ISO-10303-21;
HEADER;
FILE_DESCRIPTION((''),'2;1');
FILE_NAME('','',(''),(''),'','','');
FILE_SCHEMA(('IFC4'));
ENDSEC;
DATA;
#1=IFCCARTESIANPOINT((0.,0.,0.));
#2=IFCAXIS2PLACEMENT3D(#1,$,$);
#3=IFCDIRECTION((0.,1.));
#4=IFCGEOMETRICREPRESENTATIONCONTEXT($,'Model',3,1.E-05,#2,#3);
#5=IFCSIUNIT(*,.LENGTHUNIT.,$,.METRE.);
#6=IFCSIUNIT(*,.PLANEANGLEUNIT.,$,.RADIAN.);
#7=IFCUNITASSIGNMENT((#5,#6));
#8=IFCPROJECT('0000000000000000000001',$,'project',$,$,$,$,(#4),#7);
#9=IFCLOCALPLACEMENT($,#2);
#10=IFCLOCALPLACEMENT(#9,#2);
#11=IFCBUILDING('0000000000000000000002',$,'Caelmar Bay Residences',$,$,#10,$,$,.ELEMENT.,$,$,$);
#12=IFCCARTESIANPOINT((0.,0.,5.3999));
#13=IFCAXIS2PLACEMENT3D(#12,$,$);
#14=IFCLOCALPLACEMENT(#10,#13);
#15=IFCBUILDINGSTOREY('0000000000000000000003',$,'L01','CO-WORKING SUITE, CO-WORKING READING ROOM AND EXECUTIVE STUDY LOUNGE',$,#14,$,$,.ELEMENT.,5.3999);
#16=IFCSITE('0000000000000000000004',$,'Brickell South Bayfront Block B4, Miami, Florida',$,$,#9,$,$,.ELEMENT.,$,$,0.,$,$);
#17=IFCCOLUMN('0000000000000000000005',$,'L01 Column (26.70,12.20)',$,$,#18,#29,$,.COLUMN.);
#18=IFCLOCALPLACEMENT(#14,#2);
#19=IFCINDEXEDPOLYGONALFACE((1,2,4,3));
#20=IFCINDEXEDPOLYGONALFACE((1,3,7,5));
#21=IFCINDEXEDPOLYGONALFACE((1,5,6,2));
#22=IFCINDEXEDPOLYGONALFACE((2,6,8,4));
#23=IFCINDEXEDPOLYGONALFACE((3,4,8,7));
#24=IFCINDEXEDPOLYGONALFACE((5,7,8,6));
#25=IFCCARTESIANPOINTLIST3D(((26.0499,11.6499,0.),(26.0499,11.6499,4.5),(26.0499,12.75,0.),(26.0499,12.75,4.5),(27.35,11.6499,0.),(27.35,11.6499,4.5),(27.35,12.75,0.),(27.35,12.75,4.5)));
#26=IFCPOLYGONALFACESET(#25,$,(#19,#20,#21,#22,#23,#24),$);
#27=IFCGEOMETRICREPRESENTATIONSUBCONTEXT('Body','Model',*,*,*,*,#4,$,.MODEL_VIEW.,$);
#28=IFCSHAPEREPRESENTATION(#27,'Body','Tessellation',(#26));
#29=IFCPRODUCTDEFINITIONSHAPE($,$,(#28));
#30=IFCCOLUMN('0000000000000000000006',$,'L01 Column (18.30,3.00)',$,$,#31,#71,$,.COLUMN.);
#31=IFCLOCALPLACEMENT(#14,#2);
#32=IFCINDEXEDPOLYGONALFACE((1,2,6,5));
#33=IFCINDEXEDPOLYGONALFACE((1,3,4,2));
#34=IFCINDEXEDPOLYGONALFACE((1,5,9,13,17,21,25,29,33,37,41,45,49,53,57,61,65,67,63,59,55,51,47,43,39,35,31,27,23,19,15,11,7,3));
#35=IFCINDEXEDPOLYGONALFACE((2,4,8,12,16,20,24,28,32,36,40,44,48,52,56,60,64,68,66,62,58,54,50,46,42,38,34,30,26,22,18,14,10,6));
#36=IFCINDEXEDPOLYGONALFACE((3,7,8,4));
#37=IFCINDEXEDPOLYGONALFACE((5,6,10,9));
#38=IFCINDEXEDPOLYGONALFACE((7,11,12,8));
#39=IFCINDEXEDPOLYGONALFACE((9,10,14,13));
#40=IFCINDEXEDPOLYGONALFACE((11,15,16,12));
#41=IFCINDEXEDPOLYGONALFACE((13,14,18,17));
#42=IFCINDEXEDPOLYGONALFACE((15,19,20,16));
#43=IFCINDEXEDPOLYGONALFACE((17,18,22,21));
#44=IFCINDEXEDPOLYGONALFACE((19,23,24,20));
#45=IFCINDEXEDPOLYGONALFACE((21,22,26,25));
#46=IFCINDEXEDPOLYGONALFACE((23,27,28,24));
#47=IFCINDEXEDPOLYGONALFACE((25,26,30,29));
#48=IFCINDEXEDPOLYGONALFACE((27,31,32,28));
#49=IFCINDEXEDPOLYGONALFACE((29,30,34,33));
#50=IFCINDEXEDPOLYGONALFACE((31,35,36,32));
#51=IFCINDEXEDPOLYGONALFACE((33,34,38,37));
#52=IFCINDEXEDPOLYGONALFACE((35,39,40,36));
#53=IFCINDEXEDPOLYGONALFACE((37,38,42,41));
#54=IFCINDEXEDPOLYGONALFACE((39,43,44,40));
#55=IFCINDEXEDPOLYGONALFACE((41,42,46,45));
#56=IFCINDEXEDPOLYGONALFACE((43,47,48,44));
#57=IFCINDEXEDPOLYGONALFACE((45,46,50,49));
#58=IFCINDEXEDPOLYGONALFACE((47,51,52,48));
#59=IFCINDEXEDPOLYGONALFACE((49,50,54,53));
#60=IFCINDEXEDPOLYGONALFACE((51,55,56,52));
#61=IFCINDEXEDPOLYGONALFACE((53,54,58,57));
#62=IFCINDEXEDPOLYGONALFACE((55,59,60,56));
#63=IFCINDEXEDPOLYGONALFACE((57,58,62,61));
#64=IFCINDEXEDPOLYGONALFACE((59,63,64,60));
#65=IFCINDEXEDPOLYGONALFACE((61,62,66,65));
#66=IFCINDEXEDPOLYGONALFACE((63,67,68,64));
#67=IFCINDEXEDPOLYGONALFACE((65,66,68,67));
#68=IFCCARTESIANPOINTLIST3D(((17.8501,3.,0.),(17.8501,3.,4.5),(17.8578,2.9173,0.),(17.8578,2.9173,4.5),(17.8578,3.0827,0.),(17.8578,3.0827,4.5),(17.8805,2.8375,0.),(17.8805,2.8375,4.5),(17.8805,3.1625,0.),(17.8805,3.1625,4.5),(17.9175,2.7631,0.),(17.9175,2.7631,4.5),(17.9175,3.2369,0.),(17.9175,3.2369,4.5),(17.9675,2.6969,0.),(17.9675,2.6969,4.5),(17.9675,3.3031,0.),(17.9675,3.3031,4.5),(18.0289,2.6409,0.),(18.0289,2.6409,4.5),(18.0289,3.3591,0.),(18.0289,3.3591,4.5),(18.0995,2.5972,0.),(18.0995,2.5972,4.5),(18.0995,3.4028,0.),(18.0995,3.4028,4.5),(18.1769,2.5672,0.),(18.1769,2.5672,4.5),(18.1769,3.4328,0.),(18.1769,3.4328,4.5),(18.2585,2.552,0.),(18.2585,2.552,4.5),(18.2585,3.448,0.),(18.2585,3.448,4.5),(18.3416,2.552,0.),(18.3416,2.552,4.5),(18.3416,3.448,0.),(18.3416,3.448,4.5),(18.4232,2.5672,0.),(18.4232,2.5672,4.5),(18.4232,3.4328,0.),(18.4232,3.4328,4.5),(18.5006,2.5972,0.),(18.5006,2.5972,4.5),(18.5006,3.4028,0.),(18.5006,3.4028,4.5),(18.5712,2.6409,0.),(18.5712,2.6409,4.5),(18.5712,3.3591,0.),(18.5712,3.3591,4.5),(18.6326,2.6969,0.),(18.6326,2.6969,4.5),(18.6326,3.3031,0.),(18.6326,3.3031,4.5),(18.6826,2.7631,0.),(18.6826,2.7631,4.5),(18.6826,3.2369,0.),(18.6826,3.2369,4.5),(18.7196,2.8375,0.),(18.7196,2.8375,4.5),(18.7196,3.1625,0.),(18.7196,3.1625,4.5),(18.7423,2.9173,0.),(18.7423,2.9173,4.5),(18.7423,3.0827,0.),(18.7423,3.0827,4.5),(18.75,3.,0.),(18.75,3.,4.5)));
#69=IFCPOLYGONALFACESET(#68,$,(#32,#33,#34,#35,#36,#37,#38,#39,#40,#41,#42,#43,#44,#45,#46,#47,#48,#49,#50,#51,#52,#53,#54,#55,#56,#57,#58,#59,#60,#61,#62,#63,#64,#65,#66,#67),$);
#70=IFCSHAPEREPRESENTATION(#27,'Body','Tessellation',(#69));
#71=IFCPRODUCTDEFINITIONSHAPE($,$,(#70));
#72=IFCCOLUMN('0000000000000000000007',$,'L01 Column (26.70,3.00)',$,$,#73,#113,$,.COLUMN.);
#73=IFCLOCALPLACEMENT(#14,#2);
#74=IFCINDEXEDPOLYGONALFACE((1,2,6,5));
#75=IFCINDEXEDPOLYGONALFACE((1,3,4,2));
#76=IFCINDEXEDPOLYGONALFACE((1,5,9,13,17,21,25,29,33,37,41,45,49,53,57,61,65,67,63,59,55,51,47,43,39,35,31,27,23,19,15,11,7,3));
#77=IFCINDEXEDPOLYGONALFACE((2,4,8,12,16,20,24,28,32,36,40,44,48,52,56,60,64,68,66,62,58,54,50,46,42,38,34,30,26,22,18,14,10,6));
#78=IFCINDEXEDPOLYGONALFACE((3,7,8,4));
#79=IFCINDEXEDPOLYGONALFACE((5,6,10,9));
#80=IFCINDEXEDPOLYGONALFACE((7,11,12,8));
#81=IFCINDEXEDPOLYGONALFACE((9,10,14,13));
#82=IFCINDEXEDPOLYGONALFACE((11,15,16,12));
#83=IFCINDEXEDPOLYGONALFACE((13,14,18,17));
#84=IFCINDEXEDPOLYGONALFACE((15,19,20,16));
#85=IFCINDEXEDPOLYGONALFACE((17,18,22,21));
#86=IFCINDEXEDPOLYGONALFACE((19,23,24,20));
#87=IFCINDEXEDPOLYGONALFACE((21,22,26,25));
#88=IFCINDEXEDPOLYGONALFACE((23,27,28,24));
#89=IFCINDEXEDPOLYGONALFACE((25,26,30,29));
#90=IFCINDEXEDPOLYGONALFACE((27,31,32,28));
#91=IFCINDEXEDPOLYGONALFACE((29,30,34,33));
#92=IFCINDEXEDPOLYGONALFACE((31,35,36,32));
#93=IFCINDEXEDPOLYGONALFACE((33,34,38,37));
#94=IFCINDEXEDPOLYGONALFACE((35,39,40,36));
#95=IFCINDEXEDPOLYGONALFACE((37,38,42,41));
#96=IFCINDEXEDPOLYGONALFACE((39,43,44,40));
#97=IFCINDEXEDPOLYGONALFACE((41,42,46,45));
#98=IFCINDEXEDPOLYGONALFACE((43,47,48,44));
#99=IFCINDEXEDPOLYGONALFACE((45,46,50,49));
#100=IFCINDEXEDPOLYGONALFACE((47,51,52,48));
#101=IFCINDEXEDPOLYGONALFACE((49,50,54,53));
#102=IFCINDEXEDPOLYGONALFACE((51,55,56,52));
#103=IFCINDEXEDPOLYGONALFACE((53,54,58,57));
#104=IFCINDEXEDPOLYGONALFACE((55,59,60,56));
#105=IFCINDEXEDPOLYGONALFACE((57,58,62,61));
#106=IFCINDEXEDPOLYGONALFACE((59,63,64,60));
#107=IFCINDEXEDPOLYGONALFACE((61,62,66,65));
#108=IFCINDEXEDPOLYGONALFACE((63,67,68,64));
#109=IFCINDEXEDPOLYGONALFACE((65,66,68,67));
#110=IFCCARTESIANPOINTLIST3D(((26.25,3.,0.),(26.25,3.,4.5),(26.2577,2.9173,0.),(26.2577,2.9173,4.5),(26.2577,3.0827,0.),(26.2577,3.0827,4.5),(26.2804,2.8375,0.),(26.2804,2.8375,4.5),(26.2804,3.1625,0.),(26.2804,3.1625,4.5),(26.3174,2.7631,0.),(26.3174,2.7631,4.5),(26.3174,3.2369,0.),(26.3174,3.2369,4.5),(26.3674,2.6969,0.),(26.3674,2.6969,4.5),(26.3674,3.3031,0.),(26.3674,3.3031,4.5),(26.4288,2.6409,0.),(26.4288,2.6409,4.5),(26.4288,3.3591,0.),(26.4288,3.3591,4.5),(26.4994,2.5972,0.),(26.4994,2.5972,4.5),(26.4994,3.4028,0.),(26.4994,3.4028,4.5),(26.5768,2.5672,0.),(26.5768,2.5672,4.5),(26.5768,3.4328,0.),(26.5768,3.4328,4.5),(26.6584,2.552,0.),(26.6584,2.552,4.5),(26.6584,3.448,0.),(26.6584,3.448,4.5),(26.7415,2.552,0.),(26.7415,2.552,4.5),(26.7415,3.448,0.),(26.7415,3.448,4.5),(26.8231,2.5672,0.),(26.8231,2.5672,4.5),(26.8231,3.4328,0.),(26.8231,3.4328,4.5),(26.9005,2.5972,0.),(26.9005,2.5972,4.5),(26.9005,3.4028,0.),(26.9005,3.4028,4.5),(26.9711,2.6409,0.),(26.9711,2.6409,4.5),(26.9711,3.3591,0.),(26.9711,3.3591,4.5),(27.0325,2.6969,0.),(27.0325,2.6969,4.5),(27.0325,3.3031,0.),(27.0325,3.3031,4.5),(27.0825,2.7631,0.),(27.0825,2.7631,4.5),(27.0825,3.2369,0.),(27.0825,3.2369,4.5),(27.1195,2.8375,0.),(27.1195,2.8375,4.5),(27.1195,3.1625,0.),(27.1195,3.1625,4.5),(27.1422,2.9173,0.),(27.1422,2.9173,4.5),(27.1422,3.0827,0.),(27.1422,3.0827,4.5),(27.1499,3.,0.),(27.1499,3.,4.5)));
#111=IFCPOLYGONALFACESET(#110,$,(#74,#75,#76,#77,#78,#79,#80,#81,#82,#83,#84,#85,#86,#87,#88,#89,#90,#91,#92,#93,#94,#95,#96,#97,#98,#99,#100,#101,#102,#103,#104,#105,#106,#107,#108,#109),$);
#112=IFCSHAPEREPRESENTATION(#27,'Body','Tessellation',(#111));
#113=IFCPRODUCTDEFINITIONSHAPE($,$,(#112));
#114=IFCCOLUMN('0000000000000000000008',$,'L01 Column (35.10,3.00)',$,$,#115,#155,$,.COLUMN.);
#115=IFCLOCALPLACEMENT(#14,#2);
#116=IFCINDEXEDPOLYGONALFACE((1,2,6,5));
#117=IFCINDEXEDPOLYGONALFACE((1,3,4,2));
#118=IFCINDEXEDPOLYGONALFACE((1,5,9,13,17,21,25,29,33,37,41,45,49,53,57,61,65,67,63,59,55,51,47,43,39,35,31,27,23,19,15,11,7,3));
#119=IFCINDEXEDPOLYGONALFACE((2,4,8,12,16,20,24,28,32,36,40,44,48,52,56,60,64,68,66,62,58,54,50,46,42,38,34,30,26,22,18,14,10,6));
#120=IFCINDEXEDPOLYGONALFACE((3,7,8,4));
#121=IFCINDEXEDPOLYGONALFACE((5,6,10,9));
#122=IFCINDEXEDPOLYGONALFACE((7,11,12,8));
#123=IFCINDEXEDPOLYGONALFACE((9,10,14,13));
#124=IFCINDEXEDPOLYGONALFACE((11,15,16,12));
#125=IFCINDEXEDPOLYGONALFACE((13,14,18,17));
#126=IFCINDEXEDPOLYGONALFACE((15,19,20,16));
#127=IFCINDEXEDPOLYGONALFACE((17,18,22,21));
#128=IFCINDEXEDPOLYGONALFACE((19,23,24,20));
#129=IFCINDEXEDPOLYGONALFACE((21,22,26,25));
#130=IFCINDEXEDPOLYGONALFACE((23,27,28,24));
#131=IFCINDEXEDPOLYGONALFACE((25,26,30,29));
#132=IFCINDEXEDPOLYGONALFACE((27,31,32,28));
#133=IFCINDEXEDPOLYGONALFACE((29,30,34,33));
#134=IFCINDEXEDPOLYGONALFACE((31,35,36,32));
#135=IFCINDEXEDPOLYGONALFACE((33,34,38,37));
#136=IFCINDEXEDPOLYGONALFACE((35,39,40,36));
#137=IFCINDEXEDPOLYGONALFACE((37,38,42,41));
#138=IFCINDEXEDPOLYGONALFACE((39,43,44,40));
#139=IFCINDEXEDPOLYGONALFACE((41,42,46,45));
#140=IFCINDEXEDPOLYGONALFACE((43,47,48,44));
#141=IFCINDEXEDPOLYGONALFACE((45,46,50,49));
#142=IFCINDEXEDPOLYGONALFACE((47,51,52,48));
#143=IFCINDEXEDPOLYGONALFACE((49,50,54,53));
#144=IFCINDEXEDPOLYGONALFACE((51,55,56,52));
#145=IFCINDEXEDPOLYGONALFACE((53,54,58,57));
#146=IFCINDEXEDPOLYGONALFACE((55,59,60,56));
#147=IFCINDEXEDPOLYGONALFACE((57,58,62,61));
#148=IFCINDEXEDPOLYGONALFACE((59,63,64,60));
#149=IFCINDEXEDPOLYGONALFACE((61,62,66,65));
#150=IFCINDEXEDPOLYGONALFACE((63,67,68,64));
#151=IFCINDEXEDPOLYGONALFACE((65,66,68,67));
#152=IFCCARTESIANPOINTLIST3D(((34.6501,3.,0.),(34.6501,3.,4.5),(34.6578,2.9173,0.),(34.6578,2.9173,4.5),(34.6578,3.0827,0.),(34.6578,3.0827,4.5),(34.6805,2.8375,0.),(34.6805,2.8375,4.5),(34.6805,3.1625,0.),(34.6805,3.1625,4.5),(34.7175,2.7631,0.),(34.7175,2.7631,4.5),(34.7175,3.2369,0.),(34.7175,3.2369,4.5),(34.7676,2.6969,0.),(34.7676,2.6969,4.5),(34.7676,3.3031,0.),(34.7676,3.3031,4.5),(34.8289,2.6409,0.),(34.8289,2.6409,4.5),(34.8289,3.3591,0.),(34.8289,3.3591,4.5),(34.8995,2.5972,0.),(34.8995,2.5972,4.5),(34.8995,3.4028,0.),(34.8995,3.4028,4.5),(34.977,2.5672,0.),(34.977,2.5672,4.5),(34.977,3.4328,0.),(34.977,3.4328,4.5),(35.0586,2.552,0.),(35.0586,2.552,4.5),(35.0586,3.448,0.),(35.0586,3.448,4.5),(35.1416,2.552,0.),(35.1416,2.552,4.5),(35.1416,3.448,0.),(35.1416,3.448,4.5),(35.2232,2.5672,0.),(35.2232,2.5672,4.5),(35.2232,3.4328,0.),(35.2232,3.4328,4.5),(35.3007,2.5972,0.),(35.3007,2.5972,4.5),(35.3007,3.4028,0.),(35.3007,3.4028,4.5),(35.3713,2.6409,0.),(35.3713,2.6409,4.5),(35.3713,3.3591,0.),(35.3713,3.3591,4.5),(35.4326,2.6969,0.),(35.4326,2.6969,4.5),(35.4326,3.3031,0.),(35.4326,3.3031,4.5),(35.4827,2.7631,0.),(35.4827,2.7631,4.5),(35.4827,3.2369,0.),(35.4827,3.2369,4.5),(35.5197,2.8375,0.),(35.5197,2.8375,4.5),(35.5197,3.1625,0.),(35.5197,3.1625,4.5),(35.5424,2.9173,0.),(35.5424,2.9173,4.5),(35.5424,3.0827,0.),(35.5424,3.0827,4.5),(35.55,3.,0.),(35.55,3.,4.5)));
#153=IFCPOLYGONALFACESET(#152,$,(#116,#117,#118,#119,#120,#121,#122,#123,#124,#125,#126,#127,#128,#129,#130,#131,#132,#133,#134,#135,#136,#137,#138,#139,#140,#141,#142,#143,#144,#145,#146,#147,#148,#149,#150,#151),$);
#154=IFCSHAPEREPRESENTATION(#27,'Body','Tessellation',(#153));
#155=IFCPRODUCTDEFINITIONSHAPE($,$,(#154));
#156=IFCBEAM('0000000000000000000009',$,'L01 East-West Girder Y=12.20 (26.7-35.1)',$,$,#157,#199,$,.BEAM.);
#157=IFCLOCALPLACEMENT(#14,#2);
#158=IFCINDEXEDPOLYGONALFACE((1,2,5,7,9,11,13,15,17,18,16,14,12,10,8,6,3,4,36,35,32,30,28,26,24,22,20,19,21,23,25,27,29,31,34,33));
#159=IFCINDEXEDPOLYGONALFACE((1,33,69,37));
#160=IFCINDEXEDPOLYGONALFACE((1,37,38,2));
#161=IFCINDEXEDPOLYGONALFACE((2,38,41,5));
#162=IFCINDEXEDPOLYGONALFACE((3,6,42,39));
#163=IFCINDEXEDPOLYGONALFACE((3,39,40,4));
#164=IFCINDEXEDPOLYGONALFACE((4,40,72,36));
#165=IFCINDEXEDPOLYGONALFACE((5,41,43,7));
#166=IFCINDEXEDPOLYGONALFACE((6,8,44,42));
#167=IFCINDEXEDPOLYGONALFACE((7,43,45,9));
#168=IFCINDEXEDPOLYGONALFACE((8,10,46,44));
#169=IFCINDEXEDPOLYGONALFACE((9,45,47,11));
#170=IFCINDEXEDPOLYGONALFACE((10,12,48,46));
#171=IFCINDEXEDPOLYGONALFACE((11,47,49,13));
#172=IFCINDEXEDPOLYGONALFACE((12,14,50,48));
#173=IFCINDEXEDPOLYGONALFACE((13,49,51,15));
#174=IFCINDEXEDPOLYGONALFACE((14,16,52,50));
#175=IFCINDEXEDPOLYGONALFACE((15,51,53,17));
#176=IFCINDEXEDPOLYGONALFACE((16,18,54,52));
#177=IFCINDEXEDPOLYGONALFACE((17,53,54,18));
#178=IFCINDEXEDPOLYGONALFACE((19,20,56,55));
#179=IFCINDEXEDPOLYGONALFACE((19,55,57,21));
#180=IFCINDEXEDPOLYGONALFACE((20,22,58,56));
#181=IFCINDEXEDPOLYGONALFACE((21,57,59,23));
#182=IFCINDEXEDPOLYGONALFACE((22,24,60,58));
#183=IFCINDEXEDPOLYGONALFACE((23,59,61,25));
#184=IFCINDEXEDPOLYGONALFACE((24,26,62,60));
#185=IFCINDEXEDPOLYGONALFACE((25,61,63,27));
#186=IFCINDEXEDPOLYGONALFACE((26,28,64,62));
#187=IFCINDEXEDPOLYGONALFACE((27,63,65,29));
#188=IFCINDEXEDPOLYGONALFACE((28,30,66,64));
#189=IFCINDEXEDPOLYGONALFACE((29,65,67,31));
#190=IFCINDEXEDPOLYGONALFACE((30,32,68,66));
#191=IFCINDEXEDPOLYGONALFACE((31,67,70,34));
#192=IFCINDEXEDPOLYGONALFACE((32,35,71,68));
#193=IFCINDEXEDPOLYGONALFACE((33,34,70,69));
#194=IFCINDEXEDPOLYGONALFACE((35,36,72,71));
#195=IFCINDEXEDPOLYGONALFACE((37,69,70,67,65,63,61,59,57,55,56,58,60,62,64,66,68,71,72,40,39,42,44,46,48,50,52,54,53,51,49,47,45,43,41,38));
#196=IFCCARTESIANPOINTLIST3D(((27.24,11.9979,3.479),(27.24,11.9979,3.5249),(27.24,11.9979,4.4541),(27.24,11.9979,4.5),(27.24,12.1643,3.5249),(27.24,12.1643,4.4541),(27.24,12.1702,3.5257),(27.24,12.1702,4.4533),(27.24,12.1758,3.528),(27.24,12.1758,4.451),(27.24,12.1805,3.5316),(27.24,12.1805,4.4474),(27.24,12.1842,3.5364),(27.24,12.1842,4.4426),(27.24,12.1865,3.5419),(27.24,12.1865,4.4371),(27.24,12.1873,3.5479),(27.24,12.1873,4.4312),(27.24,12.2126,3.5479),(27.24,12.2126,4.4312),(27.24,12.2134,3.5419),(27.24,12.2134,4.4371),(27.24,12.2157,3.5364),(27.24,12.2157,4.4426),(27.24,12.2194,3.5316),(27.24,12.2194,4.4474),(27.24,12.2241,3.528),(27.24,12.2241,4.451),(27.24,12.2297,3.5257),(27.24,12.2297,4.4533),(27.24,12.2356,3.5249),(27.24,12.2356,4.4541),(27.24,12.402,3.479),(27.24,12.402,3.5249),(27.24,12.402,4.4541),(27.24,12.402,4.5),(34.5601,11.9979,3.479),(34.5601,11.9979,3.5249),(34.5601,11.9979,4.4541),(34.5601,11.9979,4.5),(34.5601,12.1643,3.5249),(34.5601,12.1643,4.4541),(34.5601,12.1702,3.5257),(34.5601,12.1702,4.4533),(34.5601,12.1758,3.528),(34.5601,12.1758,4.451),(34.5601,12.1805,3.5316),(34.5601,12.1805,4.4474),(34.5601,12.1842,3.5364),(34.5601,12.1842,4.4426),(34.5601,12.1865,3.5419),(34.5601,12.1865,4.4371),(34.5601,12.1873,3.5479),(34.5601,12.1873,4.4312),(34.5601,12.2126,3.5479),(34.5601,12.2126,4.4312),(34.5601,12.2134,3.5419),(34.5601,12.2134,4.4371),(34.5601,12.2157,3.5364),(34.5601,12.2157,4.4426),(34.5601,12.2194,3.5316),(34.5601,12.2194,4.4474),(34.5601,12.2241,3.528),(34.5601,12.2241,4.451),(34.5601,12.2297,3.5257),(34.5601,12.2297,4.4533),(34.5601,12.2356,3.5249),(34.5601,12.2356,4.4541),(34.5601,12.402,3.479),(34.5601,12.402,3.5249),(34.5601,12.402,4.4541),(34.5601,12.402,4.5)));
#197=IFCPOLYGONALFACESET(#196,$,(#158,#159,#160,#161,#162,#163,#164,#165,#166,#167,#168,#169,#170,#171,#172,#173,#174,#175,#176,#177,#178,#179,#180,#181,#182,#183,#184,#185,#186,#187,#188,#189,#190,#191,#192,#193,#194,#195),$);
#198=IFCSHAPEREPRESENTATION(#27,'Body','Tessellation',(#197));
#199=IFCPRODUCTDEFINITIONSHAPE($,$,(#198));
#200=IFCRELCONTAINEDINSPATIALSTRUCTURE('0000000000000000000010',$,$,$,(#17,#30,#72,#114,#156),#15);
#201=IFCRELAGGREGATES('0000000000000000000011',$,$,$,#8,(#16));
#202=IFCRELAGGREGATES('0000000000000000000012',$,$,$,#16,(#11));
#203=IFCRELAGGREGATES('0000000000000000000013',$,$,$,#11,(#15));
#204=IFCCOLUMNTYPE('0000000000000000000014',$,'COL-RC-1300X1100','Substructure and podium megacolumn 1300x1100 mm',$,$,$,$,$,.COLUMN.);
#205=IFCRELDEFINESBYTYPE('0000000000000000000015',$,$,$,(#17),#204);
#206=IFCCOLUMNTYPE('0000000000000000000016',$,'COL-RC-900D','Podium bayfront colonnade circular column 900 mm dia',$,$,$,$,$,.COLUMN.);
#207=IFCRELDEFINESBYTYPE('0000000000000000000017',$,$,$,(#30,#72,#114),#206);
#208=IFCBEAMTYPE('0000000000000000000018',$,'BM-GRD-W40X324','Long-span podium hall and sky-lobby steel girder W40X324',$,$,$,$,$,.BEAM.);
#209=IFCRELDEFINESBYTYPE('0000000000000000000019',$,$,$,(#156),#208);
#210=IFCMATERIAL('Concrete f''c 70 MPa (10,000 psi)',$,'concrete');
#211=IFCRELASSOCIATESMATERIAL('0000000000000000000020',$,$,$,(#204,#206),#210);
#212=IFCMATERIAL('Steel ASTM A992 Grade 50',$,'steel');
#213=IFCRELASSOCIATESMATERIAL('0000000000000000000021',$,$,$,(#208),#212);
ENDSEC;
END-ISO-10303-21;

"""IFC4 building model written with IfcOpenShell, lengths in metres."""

from ifc_helpers import new_model, si_unit, direction, frame, origin, origin_2d, place, context, subcontext, project, spatial, rectangle, circle, i_section, extrude, material, material_profile, profile_set, type_object, element, save


model = new_model("IFC4")

# Units and contexts
model_context = context("Model", 3, precision=1e-05, world=origin(), true_north=direction((0.0, 1.0)))
body_context = subcontext(model_context, "Body", "Model", "MODEL_VIEW")
ifc_project = project(units=[si_unit("LENGTHUNIT", "METRE"), si_unit("PLANEANGLEUNIT", "RADIAN")], contexts=[model_context])

# Site, building, storey
site_placement = place(None, origin())
site = spatial("IfcSite", under=ifc_project, at=site_placement, Name="Brickell South Bayfront Block B4, Miami, Florida", CompositionType="ELEMENT", RefElevation=0.0)
building_placement = place(site_placement, origin())
building = spatial("IfcBuilding", under=site, at=building_placement, Name="Caelmar Bay Residences", CompositionType="ELEMENT")
storey_placement = place(building_placement, frame((0.0, 0.0, 5.3999)))
storey = spatial("IfcBuildingStorey", under=building, at=storey_placement, Name="L01", Description="CO-WORKING SUITE, CO-WORKING READING ROOM AND EXECUTIVE STUDY LOUNGE", CompositionType="ELEMENT", Elevation=5.3999)

# Columns
ifc_material_1 = material(Name="Concrete f'c 70 MPa (10,000 psi)", Category="concrete")
ifc_material_profile_1 = material_profile(ifc_material_1, rectangle(XDim=1.3, YDim=1.1001, at=origin_2d()), Name="RC-COL-1300X1100")
ifc_profile_set_1 = profile_set([ifc_material_profile_1], Name="Concrete f'c 70 MPa (10,000 psi)")
column_type_1 = type_object("IfcColumnType", Name="COL-RC-1300X1100", Description="Substructure and podium megacolumn 1300x1100 mm", PredefinedType="COLUMN", material=ifc_profile_set_1)
column_placement = place(storey_placement, frame((26.7, 12.2, 0.0), z_axis=(0.0, 0.0, 1.0), x_axis=(1.0, 0.0, 0.0)))
element("IfcColumn", 1, at=column_placement, inside=storey, type_object=column_type_1, Name="L01 Column (26.70,12.20)", PredefinedType="COLUMN", context=body_context, shape_type="SweptSolid", body=[
    extrude(rectangle(XDim=1.3, YDim=1.1001, at=origin_2d()), origin(), (0.0, 0.0, 1.0), 4.5),
])
ifc_material_profile_2 = material_profile(ifc_material_1, circle(Radius=0.45, at=origin_2d()), Name="RC-COL-900D")
ifc_profile_set_2 = profile_set([ifc_material_profile_2], Name="Concrete f'c 70 MPa (10,000 psi)")
column_type_2 = type_object("IfcColumnType", Name="COL-RC-900D", Description="Podium bayfront colonnade circular column 900 mm dia", PredefinedType="COLUMN", material=ifc_profile_set_2)
for number, where, z_axis, x_axis, name in (
    (2, (18.3, 3.0, 0.0), (0.0, 0.0, 1.0), (1.0, 0.0, 0.0), "L01 Column (18.30,3.00)"),
    (3, (26.7, 3.0, 0.0), (0.0, 0.0, 1.0), (1.0, 0.0, 0.0), "L01 Column (26.70,3.00)"),
    (4, (35.1001, 3.0, 0.0), (0.0, 0.0, 1.0), (1.0, 0.0, 0.0), "L01 Column (35.10,3.00)"),
):
    element("IfcColumn", number, at=place(storey_placement, frame(where, z_axis=z_axis, x_axis=x_axis)), inside=storey, type_object=column_type_2, Name=name, PredefinedType="COLUMN", context=body_context, shape_type="SweptSolid", body=[
        extrude(circle(Radius=0.45, at=origin_2d()), origin(), (0.0, 0.0, 1.0), 4.5),
    ])

# Beam
ifc_material_2 = material(Name="Steel ASTM A992 Grade 50", Category="steel")
ifc_material_profile_3 = material_profile(ifc_material_2, i_section(OverallWidth=0.4041, OverallDepth=1.021, WebThickness=0.0254, FlangeThickness=0.0459, FilletRadius=0.0229, at=origin_2d()), Name="W40X324")
ifc_profile_set_3 = profile_set([ifc_material_profile_3], Name="Steel ASTM A992 Grade 50")
beam_type_1 = type_object("IfcBeamType", Name="BM-GRD-W40X324", Description="Long-span podium hall and sky-lobby steel girder W40X324", PredefinedType="BEAM", material=ifc_profile_set_3)
beam_1_placement = place(storey_placement, frame((27.24, 12.2, 3.9895), z_axis=(1.0, 0.0, 0.0), x_axis=(0.0, 1.0, 0.0)))
element("IfcBeam", 5, at=beam_1_placement, inside=storey, type_object=beam_type_1, Name="L01 East-West Girder Y=12.20 (26.7-35.1)", PredefinedType="BEAM", context=body_context, shape_type="SweptSolid", body=[
    extrude(i_section(OverallWidth=0.4041, OverallDepth=1.021, WebThickness=0.0254, FlangeThickness=0.0459, FilletRadius=0.0229, at=origin_2d()), origin(), (0.0, 0.0, 1.0), 7.3201),
])

save(model, "model.ifc")
